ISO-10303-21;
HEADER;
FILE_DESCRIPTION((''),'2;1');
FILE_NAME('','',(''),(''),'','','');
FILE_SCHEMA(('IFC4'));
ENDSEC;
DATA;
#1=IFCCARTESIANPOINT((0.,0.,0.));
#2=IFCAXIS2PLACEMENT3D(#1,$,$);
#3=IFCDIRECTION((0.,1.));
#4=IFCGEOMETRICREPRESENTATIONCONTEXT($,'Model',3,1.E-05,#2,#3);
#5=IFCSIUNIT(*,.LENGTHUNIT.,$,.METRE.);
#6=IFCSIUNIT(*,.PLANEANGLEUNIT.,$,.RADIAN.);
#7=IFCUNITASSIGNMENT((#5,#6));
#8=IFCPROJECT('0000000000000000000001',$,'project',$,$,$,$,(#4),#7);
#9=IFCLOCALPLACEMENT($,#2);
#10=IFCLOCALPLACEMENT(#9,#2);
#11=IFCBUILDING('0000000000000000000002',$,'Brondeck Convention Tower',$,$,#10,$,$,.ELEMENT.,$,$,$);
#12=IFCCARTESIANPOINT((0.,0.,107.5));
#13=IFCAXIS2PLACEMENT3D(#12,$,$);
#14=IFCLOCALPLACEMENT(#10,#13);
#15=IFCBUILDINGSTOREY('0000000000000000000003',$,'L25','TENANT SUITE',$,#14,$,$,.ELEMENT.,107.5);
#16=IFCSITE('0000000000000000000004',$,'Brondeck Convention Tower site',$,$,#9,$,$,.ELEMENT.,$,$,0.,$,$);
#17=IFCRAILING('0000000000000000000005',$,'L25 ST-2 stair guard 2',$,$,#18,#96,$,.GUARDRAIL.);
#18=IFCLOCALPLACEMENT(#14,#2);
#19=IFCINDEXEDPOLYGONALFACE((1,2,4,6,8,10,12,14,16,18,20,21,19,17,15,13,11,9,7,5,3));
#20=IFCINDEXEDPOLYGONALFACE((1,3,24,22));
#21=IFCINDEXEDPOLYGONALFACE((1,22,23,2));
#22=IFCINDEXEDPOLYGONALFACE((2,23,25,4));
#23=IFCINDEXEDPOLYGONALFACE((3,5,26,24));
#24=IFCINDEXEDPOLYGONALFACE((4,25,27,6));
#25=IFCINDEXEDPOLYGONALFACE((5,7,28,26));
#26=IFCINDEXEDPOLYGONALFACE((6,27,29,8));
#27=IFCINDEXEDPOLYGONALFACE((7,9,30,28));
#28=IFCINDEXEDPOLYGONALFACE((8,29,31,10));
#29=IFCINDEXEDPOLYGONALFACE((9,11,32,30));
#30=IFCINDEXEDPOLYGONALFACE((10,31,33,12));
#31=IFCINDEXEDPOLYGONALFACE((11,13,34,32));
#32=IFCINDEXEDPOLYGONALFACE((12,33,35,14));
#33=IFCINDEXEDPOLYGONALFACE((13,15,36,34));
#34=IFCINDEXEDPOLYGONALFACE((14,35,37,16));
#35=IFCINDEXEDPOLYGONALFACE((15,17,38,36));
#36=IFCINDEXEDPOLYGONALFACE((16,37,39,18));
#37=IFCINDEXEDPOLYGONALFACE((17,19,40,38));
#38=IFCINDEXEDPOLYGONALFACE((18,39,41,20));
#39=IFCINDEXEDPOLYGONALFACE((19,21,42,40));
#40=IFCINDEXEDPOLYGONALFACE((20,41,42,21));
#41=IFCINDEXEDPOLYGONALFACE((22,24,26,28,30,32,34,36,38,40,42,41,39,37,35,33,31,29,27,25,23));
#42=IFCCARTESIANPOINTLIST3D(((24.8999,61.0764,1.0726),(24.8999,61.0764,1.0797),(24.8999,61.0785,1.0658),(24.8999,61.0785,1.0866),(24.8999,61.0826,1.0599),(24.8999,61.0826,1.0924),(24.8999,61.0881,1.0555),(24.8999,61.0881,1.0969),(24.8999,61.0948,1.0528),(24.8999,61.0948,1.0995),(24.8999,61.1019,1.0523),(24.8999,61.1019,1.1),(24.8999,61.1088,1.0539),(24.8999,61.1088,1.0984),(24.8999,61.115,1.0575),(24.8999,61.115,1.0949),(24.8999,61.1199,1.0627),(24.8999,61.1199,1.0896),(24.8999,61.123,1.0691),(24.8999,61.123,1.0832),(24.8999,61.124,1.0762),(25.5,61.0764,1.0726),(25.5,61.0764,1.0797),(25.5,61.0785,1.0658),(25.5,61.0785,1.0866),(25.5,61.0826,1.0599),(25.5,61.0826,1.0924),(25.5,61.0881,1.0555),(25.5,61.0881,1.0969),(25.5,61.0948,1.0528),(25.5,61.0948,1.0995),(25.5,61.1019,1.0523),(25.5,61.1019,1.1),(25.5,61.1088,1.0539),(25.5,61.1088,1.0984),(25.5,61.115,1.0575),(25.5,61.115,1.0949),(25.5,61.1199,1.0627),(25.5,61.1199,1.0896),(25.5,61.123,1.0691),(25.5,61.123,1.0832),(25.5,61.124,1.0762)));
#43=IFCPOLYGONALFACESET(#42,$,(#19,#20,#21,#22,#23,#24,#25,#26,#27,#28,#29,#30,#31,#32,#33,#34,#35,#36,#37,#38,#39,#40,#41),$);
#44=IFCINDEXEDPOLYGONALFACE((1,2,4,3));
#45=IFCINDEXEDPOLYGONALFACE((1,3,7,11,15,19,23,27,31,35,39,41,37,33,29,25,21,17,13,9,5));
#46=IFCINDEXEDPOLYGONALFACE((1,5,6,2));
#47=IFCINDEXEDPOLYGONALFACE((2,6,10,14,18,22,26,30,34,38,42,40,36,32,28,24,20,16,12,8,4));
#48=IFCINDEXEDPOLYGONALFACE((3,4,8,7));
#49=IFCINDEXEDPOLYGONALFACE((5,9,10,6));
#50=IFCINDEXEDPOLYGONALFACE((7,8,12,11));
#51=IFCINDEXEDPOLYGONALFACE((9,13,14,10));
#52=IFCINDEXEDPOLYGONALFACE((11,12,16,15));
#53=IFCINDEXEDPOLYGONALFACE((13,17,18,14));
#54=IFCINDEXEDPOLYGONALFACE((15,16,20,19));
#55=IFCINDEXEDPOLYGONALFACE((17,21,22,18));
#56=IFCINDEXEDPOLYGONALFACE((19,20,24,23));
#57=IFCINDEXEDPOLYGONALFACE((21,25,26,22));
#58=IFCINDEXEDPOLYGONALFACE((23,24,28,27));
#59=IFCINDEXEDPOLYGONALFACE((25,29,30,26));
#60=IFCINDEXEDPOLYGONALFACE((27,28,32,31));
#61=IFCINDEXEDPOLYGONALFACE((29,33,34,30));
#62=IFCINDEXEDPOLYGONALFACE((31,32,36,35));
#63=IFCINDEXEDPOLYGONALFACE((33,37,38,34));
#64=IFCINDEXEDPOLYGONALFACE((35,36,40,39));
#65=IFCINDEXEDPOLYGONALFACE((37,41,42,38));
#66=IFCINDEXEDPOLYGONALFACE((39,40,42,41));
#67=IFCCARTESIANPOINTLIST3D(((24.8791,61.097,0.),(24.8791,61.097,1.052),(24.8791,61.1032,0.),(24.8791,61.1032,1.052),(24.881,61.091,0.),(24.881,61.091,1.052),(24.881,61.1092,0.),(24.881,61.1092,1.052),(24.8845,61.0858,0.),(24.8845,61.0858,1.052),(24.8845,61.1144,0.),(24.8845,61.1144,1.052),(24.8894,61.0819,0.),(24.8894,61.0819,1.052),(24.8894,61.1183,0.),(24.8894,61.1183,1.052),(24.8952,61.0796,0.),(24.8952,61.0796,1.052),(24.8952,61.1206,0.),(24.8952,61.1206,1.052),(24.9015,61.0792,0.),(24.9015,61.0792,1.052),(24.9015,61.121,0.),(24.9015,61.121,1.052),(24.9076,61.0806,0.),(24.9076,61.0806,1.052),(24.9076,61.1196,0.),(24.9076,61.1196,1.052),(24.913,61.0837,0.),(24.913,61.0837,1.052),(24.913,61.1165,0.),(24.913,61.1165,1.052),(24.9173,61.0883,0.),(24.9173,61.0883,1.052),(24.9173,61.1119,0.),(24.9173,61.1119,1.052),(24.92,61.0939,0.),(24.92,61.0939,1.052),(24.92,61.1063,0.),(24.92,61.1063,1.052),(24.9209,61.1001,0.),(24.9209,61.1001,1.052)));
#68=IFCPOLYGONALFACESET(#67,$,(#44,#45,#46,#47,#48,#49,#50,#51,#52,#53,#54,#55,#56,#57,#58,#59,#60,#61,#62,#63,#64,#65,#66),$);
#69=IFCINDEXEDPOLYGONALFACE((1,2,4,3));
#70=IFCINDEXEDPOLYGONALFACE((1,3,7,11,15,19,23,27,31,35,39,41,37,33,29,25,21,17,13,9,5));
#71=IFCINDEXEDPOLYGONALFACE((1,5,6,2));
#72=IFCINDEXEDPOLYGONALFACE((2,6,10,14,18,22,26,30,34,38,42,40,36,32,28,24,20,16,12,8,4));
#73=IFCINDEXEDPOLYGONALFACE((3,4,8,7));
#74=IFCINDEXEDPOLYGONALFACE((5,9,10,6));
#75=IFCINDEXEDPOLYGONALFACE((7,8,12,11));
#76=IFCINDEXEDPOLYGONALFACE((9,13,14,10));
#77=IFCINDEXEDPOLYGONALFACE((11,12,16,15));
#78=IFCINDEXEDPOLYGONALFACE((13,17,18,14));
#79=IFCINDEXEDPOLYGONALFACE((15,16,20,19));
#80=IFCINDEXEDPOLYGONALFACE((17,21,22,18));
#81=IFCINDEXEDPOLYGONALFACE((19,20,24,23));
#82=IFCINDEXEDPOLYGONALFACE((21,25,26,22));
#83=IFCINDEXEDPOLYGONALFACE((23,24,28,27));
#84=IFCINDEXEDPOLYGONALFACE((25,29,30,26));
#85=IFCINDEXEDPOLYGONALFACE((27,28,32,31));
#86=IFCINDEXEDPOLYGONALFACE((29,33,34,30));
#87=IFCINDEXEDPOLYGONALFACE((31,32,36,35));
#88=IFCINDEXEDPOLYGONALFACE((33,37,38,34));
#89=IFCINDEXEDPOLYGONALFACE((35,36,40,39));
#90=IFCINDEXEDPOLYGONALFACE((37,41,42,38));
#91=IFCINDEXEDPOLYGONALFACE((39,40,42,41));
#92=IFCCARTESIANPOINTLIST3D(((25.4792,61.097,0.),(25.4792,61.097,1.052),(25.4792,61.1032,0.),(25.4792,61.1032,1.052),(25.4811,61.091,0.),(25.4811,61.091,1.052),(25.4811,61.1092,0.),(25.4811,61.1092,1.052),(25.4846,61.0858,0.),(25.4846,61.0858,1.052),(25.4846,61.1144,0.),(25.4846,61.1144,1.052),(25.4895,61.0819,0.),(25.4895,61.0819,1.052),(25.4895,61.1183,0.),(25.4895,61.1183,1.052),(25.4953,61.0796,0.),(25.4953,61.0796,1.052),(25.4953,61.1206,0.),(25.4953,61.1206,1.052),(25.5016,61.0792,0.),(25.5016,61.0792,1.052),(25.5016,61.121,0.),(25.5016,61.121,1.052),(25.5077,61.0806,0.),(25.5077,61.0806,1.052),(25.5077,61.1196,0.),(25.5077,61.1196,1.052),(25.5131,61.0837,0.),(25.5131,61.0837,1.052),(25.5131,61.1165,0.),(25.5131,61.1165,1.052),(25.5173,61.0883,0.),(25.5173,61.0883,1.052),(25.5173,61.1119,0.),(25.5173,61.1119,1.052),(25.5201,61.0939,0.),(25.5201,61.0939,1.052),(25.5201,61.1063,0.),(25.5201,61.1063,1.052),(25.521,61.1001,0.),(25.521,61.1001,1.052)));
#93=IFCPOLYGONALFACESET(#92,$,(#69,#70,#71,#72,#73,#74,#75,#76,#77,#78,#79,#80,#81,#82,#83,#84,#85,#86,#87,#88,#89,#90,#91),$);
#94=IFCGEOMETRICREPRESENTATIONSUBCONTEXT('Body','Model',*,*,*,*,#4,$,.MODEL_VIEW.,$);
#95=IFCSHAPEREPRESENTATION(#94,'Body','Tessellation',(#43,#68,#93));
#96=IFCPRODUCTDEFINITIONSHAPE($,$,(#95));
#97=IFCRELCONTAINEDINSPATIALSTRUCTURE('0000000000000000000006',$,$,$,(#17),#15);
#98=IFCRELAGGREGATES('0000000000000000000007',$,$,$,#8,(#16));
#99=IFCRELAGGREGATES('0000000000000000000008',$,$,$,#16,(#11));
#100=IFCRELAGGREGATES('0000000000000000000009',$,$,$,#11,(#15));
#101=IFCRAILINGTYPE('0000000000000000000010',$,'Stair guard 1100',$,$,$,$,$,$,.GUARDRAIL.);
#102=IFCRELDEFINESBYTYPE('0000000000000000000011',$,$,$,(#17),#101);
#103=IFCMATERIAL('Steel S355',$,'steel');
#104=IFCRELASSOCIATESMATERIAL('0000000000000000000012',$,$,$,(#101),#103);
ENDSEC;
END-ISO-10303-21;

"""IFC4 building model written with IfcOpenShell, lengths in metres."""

from ifc_helpers import new_model, si_unit, direction, frame, origin, origin_2d, place, context, subcontext, project, spatial, circle, extrude, material, type_object, element, save


model = new_model("IFC4")

# Units and contexts
model_context = context("Model", 3, precision=1e-05, world=origin(), true_north=direction((0.0, 1.0)))
body_context = subcontext(model_context, "Body", "Model", "MODEL_VIEW")
ifc_project = project(units=[si_unit("LENGTHUNIT", "METRE"), si_unit("PLANEANGLEUNIT", "RADIAN")], contexts=[model_context])

# Site, building, storey
site_placement = place(None, origin())
site = spatial("IfcSite", under=ifc_project, at=site_placement, Name="Brondeck Convention Tower site", CompositionType="ELEMENT", RefElevation=0.0)
building_placement = place(site_placement, origin())
building = spatial("IfcBuilding", under=site, at=building_placement, Name="Brondeck Convention Tower", CompositionType="ELEMENT")
storey_placement = place(building_placement, frame((0.0, 0.0, 107.5)))
storey = spatial("IfcBuildingStorey", under=building, at=storey_placement, Name="L25", Description="TENANT SUITE", CompositionType="ELEMENT", Elevation=107.5)

# Shared definitions
ifc_material_1 = material(Name="Steel S355", Category="steel")

# Railing
railing_type_1 = type_object("IfcRailingType", Name="Stair guard 1100", PredefinedType="GUARDRAIL", material=ifc_material_1)
railing_1_placement = place(storey_placement, frame((24.8999, 61.1001, 0.0)))
element("IfcRailing", 1, at=railing_1_placement, inside=storey, type_object=railing_type_1, Name="L25 ST-2 stair guard 2", PredefinedType="GUARDRAIL", context=body_context, shape_type="SweptSolid", body=[
    extrude(circle(Radius=0.0239, at=origin_2d()), frame((0.0, 0.0, 1.0762), z_axis=(1.0, 0.0, 0.0), x_axis=(0.0, 1.0, 0.0)), (0.0, 0.0, 1.0), 0.6001),
    extrude(circle(Radius=0.021, at=origin_2d()), origin(), (0.0, 0.0, 1.0), 1.052),
    extrude(circle(Radius=0.021, at=origin_2d()), frame((0.6001, 0.0, 0.0)), (0.0, 0.0, 1.0), 1.052),
])

save(model, "model.ifc")
